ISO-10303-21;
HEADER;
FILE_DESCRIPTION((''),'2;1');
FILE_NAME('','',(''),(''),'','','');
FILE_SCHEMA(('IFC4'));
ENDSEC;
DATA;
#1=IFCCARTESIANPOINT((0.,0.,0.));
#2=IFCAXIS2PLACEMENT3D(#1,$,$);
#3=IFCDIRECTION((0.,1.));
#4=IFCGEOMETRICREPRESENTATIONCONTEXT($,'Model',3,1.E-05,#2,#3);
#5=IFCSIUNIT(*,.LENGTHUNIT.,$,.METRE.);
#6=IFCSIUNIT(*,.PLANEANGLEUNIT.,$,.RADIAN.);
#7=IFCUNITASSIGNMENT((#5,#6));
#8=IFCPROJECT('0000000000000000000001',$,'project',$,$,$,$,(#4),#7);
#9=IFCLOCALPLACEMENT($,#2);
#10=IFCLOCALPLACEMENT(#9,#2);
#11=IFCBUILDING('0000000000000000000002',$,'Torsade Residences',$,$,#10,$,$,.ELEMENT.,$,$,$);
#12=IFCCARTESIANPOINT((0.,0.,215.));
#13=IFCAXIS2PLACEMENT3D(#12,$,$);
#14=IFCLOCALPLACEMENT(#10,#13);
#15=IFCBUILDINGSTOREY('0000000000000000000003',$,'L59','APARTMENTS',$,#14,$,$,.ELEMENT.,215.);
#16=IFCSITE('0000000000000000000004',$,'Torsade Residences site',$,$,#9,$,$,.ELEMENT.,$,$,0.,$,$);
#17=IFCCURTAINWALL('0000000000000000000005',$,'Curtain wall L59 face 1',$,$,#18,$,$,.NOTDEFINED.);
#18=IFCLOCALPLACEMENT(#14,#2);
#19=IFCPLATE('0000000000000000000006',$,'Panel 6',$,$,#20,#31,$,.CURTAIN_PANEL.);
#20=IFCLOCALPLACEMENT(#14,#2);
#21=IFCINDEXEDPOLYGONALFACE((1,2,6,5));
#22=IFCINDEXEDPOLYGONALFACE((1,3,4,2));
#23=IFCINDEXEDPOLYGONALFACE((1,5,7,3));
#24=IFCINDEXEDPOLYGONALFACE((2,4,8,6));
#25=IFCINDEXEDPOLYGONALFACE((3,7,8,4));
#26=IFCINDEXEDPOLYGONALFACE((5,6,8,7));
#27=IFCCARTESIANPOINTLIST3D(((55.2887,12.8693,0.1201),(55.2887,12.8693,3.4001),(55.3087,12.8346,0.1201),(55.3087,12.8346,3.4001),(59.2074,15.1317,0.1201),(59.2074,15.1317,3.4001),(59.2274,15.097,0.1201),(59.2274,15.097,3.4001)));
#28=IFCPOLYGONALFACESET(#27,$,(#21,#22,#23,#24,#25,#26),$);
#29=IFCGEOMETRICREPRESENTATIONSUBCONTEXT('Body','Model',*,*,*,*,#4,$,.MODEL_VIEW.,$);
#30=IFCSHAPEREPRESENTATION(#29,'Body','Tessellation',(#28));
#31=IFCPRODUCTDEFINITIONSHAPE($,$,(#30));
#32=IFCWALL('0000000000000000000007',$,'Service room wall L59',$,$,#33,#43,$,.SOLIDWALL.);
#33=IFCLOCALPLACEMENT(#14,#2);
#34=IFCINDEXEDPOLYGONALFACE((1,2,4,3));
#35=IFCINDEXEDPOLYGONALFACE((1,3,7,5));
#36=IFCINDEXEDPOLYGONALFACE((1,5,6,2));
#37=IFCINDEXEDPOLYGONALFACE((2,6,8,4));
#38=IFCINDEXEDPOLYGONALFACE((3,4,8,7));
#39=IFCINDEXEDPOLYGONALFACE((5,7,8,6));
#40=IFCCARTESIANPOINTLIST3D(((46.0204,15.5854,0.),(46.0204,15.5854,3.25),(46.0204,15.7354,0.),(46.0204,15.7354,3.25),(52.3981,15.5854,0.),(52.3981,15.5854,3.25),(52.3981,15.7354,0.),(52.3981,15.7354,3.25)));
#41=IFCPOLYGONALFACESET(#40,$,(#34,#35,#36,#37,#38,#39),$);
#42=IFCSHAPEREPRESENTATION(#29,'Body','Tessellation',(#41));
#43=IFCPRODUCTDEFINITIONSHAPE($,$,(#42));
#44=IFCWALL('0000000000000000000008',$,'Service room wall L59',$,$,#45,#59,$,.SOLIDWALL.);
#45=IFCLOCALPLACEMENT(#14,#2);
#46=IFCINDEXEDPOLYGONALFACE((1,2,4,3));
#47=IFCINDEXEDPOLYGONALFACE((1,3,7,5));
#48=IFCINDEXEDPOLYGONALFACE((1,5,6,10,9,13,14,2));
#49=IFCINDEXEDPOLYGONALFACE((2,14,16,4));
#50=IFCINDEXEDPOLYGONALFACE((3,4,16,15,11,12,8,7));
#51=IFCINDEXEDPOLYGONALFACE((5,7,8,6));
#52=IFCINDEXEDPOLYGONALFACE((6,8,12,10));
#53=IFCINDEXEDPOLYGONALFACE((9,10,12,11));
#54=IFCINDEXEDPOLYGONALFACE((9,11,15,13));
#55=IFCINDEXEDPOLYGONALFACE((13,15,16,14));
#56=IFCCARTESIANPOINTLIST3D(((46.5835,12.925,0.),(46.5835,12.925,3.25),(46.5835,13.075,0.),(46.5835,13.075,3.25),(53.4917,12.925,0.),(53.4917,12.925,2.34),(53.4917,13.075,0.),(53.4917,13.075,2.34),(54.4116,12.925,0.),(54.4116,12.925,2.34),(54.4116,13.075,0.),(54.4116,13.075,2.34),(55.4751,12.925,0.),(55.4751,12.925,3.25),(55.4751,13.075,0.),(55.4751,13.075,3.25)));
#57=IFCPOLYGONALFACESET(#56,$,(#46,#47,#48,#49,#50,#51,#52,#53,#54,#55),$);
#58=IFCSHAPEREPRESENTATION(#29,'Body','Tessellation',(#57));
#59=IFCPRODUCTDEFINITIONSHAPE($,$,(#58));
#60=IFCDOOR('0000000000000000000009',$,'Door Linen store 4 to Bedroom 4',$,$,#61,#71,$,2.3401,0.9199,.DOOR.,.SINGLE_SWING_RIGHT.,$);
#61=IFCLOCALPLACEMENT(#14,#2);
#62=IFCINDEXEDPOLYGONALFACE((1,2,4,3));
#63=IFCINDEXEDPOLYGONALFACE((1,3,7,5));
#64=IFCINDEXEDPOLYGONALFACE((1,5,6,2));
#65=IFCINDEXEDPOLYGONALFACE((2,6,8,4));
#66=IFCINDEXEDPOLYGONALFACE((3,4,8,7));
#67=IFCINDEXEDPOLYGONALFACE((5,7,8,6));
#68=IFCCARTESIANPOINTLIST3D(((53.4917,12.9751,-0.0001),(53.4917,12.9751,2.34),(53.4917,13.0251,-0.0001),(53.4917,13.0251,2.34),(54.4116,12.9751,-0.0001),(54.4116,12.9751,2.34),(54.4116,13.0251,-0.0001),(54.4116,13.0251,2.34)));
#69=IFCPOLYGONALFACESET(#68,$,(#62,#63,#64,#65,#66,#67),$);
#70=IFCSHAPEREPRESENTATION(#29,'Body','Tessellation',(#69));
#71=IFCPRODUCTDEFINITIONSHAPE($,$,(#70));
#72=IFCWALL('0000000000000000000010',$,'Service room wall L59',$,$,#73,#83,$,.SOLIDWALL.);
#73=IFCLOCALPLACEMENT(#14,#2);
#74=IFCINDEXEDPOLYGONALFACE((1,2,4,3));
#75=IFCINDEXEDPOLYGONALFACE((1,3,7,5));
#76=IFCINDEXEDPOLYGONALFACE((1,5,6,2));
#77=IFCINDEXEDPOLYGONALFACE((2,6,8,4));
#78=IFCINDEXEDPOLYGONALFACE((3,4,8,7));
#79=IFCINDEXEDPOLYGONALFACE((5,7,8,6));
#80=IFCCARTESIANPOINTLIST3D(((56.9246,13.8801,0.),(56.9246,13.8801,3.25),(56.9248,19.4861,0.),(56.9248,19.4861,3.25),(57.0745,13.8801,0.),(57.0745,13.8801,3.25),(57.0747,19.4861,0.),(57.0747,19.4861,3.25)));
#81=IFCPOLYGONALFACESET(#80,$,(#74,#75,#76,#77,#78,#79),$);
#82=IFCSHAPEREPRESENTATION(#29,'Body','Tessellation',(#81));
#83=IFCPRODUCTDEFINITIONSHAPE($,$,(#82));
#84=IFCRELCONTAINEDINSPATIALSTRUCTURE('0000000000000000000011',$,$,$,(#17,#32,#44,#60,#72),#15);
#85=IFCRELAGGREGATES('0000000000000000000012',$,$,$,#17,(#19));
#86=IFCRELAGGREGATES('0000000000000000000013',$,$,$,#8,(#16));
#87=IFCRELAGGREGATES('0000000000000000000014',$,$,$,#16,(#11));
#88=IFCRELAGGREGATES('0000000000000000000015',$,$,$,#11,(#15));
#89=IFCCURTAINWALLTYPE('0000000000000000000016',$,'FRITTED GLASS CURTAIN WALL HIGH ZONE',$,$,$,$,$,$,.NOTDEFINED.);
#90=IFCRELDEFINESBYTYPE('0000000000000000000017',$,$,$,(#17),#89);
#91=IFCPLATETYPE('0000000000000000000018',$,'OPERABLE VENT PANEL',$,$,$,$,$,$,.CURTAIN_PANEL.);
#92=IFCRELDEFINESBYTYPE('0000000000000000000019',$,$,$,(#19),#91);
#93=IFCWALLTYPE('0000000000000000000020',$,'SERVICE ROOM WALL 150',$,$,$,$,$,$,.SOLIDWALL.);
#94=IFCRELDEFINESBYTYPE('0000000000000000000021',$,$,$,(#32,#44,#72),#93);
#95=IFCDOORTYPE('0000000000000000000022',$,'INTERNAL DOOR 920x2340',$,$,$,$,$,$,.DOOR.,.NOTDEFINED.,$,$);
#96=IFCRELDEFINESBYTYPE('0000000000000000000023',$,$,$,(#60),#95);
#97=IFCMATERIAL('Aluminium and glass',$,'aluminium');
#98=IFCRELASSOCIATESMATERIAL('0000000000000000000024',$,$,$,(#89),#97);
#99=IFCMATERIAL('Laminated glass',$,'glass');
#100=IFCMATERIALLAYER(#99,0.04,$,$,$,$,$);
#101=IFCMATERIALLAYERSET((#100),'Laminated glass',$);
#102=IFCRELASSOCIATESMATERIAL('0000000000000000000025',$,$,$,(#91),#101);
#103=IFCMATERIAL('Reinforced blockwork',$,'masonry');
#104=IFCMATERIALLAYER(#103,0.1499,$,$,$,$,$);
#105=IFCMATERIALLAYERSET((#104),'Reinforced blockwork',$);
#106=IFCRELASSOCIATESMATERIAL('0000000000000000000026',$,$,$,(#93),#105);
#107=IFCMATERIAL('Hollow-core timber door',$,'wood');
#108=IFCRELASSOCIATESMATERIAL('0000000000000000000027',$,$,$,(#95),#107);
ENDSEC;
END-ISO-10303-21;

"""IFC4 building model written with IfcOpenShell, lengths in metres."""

from ifc_helpers import new_model, si_unit, direction, frame, frame_2d, origin, origin_2d, place, context, subcontext, project, spatial, rectangle, extrude, material, layer, layer_set, type_object, element, fill, aggregate, save


model = new_model("IFC4")

# Units and contexts
model_context = context("Model", 3, precision=1e-05, world=origin(), true_north=direction((0.0, 1.0)))
body_context = subcontext(model_context, "Body", "Model", "MODEL_VIEW")
ifc_project = project(units=[si_unit("LENGTHUNIT", "METRE"), si_unit("PLANEANGLEUNIT", "RADIAN")], contexts=[model_context])

# Site, building, storey
site_placement = place(None, origin())
site = spatial("IfcSite", under=ifc_project, at=site_placement, Name="Torsade Residences site", CompositionType="ELEMENT", RefElevation=0.0)
building_placement = place(site_placement, origin())
building = spatial("IfcBuilding", under=site, at=building_placement, Name="Torsade Residences", CompositionType="ELEMENT")
storey_placement = place(building_placement, frame((0.0, 0.0, 215.0)))
storey = spatial("IfcBuildingStorey", under=building, at=storey_placement, Name="L59", Description="APARTMENTS", CompositionType="ELEMENT", Elevation=215.0)

# Curtain wall
ifc_material_1 = material(Name="Aluminium and glass", Category="aluminium")
curtain_wall_type = type_object("IfcCurtainWallType", Name="FRITTED GLASS CURTAIN WALL HIGH ZONE", PredefinedType="NOTDEFINED", material=ifc_material_1)
curtain_wall_placement = place(storey_placement, origin())
curtain_wall = element("IfcCurtainWall", 1, at=curtain_wall_placement, inside=storey, type_object=curtain_wall_type, Name="Curtain wall L59 face 1", PredefinedType="NOTDEFINED")

# Plate
ifc_material_2 = material(Name="Laminated glass", Category="glass")
ifc_layer_1 = layer(ifc_material_2, 0.04)
ifc_layer_set_1 = layer_set([ifc_layer_1], Name="Laminated glass")
plate_type_1 = type_object("IfcPlateType", Name="OPERABLE VENT PANEL", PredefinedType="CURTAIN_PANEL", material=ifc_layer_set_1)
plate_1_placement = place(storey_placement, frame((57.2581, 13.9832, 0.1201), z_axis=(0.0, 0.0, 1.0), x_axis=(0.866025, 0.5, 0.0)))
plate_1 = element("IfcPlate", 2, at=plate_1_placement, type_object=plate_type_1, Name="Panel 6", PredefinedType="CURTAIN_PANEL", context=body_context, shape_type="SweptSolid", body=[
    extrude(rectangle(XDim=4.5249, YDim=0.04, at=origin_2d()), origin(), (0.0, 0.0, 1.0), 3.28),
])
aggregate(curtain_wall, [plate_1])

# Wall
ifc_material_3 = material(Name="Reinforced blockwork", Category="masonry")
ifc_layer_2 = layer(ifc_material_3, 0.1499)
ifc_layer_set_2 = layer_set([ifc_layer_2], Name="Reinforced blockwork")
wall_type = type_object("IfcWallType", Name="SERVICE ROOM WALL 150", PredefinedType="SOLIDWALL", material=ifc_layer_set_2)
wall_1_placement = place(storey_placement, frame((52.3982, 15.6604, 0.0), z_axis=(0.0, 0.0, 1.0), x_axis=(-1.0, 0.0, 0.0)))
element("IfcWall", 3, at=wall_1_placement, inside=storey, type_object=wall_type, Name="Service room wall L59", PredefinedType="SOLIDWALL", context=body_context, shape_type="SweptSolid", body=[
    extrude(rectangle(XDim=6.3777, YDim=0.1499, at=frame_2d((3.189, 0.0))), origin(), (0.0, 0.0, 1.0), 3.25),
])

# Wall, opening, door
wall_2_placement = place(storey_placement, frame((55.4751, 13.0, 0.0), z_axis=(0.0, 0.0, 1.0), x_axis=(-1.0, 0.0, 0.0)))
wall_2 = element("IfcWall", 4, at=wall_2_placement, inside=storey, type_object=wall_type, Name="Service room wall L59", PredefinedType="SOLIDWALL", context=body_context, shape_type="SweptSolid", body=[
    extrude(rectangle(XDim=8.8916, YDim=0.1499, at=frame_2d((4.4458, 0.0))), origin(), (0.0, 0.0, 1.0), 3.25),
])
opening_placement = place(wall_2_placement, frame((1.0635, 0.0, 0.0)))
opening = element("IfcOpeningElement", 5, at=opening_placement, cuts=wall_2, PredefinedType="OPENING", context=body_context, shape_type="SweptSolid", body=[
    extrude(rectangle(XDim=0.9199, YDim=2.3401, at=frame_2d((0.46, 1.1699))), frame((0.0, 0.085, 0.0), z_axis=(0.0, -1.0, 0.0), x_axis=(1.0, 0.0, 0.0)), (0.0, 0.0, 1.0), 0.1699),
])
ifc_material_4 = material(Name="Hollow-core timber door", Category="wood")
door_type = type_object("IfcDoorType", Name="INTERNAL DOOR 920x2340", OperationType="NOTDEFINED", PredefinedType="DOOR", material=ifc_material_4)
door_placement = place(opening_placement, origin())
door = element("IfcDoor", 6, at=door_placement, inside=storey, type_object=door_type, Name="Door Linen store 4 to Bedroom 4", OperationType="SINGLE_SWING_RIGHT", OverallHeight=2.3401, OverallWidth=0.9199, PredefinedType="DOOR", context=body_context, shape_type="SweptSolid", body=[
    extrude(rectangle(XDim=0.9199, YDim=2.3401, at=frame_2d((0.46, 1.1699))), frame((0.0, 0.0249, 0.0), z_axis=(0.0, -1.0, 0.0), x_axis=(1.0, 0.0, 0.0)), (0.0, 0.0, 1.0), 0.05),
])
fill(opening, door)

# Wall
wall_3_placement = place(storey_placement, frame((56.9995, 13.8801, 0.0), z_axis=(0.0, 0.0, 1.0), x_axis=(0.000044, 1.0, 0.0)))
element("IfcWall", 7, at=wall_3_placement, inside=storey, type_object=wall_type, Name="Service room wall L59", PredefinedType="SOLIDWALL", context=body_context, shape_type="SweptSolid", body=[
    extrude(rectangle(XDim=5.606, YDim=0.1499, at=frame_2d((2.803, 0.0))), origin(), (0.0, 0.0, 1.0), 3.25),
])

save(model, "model.ifc")
